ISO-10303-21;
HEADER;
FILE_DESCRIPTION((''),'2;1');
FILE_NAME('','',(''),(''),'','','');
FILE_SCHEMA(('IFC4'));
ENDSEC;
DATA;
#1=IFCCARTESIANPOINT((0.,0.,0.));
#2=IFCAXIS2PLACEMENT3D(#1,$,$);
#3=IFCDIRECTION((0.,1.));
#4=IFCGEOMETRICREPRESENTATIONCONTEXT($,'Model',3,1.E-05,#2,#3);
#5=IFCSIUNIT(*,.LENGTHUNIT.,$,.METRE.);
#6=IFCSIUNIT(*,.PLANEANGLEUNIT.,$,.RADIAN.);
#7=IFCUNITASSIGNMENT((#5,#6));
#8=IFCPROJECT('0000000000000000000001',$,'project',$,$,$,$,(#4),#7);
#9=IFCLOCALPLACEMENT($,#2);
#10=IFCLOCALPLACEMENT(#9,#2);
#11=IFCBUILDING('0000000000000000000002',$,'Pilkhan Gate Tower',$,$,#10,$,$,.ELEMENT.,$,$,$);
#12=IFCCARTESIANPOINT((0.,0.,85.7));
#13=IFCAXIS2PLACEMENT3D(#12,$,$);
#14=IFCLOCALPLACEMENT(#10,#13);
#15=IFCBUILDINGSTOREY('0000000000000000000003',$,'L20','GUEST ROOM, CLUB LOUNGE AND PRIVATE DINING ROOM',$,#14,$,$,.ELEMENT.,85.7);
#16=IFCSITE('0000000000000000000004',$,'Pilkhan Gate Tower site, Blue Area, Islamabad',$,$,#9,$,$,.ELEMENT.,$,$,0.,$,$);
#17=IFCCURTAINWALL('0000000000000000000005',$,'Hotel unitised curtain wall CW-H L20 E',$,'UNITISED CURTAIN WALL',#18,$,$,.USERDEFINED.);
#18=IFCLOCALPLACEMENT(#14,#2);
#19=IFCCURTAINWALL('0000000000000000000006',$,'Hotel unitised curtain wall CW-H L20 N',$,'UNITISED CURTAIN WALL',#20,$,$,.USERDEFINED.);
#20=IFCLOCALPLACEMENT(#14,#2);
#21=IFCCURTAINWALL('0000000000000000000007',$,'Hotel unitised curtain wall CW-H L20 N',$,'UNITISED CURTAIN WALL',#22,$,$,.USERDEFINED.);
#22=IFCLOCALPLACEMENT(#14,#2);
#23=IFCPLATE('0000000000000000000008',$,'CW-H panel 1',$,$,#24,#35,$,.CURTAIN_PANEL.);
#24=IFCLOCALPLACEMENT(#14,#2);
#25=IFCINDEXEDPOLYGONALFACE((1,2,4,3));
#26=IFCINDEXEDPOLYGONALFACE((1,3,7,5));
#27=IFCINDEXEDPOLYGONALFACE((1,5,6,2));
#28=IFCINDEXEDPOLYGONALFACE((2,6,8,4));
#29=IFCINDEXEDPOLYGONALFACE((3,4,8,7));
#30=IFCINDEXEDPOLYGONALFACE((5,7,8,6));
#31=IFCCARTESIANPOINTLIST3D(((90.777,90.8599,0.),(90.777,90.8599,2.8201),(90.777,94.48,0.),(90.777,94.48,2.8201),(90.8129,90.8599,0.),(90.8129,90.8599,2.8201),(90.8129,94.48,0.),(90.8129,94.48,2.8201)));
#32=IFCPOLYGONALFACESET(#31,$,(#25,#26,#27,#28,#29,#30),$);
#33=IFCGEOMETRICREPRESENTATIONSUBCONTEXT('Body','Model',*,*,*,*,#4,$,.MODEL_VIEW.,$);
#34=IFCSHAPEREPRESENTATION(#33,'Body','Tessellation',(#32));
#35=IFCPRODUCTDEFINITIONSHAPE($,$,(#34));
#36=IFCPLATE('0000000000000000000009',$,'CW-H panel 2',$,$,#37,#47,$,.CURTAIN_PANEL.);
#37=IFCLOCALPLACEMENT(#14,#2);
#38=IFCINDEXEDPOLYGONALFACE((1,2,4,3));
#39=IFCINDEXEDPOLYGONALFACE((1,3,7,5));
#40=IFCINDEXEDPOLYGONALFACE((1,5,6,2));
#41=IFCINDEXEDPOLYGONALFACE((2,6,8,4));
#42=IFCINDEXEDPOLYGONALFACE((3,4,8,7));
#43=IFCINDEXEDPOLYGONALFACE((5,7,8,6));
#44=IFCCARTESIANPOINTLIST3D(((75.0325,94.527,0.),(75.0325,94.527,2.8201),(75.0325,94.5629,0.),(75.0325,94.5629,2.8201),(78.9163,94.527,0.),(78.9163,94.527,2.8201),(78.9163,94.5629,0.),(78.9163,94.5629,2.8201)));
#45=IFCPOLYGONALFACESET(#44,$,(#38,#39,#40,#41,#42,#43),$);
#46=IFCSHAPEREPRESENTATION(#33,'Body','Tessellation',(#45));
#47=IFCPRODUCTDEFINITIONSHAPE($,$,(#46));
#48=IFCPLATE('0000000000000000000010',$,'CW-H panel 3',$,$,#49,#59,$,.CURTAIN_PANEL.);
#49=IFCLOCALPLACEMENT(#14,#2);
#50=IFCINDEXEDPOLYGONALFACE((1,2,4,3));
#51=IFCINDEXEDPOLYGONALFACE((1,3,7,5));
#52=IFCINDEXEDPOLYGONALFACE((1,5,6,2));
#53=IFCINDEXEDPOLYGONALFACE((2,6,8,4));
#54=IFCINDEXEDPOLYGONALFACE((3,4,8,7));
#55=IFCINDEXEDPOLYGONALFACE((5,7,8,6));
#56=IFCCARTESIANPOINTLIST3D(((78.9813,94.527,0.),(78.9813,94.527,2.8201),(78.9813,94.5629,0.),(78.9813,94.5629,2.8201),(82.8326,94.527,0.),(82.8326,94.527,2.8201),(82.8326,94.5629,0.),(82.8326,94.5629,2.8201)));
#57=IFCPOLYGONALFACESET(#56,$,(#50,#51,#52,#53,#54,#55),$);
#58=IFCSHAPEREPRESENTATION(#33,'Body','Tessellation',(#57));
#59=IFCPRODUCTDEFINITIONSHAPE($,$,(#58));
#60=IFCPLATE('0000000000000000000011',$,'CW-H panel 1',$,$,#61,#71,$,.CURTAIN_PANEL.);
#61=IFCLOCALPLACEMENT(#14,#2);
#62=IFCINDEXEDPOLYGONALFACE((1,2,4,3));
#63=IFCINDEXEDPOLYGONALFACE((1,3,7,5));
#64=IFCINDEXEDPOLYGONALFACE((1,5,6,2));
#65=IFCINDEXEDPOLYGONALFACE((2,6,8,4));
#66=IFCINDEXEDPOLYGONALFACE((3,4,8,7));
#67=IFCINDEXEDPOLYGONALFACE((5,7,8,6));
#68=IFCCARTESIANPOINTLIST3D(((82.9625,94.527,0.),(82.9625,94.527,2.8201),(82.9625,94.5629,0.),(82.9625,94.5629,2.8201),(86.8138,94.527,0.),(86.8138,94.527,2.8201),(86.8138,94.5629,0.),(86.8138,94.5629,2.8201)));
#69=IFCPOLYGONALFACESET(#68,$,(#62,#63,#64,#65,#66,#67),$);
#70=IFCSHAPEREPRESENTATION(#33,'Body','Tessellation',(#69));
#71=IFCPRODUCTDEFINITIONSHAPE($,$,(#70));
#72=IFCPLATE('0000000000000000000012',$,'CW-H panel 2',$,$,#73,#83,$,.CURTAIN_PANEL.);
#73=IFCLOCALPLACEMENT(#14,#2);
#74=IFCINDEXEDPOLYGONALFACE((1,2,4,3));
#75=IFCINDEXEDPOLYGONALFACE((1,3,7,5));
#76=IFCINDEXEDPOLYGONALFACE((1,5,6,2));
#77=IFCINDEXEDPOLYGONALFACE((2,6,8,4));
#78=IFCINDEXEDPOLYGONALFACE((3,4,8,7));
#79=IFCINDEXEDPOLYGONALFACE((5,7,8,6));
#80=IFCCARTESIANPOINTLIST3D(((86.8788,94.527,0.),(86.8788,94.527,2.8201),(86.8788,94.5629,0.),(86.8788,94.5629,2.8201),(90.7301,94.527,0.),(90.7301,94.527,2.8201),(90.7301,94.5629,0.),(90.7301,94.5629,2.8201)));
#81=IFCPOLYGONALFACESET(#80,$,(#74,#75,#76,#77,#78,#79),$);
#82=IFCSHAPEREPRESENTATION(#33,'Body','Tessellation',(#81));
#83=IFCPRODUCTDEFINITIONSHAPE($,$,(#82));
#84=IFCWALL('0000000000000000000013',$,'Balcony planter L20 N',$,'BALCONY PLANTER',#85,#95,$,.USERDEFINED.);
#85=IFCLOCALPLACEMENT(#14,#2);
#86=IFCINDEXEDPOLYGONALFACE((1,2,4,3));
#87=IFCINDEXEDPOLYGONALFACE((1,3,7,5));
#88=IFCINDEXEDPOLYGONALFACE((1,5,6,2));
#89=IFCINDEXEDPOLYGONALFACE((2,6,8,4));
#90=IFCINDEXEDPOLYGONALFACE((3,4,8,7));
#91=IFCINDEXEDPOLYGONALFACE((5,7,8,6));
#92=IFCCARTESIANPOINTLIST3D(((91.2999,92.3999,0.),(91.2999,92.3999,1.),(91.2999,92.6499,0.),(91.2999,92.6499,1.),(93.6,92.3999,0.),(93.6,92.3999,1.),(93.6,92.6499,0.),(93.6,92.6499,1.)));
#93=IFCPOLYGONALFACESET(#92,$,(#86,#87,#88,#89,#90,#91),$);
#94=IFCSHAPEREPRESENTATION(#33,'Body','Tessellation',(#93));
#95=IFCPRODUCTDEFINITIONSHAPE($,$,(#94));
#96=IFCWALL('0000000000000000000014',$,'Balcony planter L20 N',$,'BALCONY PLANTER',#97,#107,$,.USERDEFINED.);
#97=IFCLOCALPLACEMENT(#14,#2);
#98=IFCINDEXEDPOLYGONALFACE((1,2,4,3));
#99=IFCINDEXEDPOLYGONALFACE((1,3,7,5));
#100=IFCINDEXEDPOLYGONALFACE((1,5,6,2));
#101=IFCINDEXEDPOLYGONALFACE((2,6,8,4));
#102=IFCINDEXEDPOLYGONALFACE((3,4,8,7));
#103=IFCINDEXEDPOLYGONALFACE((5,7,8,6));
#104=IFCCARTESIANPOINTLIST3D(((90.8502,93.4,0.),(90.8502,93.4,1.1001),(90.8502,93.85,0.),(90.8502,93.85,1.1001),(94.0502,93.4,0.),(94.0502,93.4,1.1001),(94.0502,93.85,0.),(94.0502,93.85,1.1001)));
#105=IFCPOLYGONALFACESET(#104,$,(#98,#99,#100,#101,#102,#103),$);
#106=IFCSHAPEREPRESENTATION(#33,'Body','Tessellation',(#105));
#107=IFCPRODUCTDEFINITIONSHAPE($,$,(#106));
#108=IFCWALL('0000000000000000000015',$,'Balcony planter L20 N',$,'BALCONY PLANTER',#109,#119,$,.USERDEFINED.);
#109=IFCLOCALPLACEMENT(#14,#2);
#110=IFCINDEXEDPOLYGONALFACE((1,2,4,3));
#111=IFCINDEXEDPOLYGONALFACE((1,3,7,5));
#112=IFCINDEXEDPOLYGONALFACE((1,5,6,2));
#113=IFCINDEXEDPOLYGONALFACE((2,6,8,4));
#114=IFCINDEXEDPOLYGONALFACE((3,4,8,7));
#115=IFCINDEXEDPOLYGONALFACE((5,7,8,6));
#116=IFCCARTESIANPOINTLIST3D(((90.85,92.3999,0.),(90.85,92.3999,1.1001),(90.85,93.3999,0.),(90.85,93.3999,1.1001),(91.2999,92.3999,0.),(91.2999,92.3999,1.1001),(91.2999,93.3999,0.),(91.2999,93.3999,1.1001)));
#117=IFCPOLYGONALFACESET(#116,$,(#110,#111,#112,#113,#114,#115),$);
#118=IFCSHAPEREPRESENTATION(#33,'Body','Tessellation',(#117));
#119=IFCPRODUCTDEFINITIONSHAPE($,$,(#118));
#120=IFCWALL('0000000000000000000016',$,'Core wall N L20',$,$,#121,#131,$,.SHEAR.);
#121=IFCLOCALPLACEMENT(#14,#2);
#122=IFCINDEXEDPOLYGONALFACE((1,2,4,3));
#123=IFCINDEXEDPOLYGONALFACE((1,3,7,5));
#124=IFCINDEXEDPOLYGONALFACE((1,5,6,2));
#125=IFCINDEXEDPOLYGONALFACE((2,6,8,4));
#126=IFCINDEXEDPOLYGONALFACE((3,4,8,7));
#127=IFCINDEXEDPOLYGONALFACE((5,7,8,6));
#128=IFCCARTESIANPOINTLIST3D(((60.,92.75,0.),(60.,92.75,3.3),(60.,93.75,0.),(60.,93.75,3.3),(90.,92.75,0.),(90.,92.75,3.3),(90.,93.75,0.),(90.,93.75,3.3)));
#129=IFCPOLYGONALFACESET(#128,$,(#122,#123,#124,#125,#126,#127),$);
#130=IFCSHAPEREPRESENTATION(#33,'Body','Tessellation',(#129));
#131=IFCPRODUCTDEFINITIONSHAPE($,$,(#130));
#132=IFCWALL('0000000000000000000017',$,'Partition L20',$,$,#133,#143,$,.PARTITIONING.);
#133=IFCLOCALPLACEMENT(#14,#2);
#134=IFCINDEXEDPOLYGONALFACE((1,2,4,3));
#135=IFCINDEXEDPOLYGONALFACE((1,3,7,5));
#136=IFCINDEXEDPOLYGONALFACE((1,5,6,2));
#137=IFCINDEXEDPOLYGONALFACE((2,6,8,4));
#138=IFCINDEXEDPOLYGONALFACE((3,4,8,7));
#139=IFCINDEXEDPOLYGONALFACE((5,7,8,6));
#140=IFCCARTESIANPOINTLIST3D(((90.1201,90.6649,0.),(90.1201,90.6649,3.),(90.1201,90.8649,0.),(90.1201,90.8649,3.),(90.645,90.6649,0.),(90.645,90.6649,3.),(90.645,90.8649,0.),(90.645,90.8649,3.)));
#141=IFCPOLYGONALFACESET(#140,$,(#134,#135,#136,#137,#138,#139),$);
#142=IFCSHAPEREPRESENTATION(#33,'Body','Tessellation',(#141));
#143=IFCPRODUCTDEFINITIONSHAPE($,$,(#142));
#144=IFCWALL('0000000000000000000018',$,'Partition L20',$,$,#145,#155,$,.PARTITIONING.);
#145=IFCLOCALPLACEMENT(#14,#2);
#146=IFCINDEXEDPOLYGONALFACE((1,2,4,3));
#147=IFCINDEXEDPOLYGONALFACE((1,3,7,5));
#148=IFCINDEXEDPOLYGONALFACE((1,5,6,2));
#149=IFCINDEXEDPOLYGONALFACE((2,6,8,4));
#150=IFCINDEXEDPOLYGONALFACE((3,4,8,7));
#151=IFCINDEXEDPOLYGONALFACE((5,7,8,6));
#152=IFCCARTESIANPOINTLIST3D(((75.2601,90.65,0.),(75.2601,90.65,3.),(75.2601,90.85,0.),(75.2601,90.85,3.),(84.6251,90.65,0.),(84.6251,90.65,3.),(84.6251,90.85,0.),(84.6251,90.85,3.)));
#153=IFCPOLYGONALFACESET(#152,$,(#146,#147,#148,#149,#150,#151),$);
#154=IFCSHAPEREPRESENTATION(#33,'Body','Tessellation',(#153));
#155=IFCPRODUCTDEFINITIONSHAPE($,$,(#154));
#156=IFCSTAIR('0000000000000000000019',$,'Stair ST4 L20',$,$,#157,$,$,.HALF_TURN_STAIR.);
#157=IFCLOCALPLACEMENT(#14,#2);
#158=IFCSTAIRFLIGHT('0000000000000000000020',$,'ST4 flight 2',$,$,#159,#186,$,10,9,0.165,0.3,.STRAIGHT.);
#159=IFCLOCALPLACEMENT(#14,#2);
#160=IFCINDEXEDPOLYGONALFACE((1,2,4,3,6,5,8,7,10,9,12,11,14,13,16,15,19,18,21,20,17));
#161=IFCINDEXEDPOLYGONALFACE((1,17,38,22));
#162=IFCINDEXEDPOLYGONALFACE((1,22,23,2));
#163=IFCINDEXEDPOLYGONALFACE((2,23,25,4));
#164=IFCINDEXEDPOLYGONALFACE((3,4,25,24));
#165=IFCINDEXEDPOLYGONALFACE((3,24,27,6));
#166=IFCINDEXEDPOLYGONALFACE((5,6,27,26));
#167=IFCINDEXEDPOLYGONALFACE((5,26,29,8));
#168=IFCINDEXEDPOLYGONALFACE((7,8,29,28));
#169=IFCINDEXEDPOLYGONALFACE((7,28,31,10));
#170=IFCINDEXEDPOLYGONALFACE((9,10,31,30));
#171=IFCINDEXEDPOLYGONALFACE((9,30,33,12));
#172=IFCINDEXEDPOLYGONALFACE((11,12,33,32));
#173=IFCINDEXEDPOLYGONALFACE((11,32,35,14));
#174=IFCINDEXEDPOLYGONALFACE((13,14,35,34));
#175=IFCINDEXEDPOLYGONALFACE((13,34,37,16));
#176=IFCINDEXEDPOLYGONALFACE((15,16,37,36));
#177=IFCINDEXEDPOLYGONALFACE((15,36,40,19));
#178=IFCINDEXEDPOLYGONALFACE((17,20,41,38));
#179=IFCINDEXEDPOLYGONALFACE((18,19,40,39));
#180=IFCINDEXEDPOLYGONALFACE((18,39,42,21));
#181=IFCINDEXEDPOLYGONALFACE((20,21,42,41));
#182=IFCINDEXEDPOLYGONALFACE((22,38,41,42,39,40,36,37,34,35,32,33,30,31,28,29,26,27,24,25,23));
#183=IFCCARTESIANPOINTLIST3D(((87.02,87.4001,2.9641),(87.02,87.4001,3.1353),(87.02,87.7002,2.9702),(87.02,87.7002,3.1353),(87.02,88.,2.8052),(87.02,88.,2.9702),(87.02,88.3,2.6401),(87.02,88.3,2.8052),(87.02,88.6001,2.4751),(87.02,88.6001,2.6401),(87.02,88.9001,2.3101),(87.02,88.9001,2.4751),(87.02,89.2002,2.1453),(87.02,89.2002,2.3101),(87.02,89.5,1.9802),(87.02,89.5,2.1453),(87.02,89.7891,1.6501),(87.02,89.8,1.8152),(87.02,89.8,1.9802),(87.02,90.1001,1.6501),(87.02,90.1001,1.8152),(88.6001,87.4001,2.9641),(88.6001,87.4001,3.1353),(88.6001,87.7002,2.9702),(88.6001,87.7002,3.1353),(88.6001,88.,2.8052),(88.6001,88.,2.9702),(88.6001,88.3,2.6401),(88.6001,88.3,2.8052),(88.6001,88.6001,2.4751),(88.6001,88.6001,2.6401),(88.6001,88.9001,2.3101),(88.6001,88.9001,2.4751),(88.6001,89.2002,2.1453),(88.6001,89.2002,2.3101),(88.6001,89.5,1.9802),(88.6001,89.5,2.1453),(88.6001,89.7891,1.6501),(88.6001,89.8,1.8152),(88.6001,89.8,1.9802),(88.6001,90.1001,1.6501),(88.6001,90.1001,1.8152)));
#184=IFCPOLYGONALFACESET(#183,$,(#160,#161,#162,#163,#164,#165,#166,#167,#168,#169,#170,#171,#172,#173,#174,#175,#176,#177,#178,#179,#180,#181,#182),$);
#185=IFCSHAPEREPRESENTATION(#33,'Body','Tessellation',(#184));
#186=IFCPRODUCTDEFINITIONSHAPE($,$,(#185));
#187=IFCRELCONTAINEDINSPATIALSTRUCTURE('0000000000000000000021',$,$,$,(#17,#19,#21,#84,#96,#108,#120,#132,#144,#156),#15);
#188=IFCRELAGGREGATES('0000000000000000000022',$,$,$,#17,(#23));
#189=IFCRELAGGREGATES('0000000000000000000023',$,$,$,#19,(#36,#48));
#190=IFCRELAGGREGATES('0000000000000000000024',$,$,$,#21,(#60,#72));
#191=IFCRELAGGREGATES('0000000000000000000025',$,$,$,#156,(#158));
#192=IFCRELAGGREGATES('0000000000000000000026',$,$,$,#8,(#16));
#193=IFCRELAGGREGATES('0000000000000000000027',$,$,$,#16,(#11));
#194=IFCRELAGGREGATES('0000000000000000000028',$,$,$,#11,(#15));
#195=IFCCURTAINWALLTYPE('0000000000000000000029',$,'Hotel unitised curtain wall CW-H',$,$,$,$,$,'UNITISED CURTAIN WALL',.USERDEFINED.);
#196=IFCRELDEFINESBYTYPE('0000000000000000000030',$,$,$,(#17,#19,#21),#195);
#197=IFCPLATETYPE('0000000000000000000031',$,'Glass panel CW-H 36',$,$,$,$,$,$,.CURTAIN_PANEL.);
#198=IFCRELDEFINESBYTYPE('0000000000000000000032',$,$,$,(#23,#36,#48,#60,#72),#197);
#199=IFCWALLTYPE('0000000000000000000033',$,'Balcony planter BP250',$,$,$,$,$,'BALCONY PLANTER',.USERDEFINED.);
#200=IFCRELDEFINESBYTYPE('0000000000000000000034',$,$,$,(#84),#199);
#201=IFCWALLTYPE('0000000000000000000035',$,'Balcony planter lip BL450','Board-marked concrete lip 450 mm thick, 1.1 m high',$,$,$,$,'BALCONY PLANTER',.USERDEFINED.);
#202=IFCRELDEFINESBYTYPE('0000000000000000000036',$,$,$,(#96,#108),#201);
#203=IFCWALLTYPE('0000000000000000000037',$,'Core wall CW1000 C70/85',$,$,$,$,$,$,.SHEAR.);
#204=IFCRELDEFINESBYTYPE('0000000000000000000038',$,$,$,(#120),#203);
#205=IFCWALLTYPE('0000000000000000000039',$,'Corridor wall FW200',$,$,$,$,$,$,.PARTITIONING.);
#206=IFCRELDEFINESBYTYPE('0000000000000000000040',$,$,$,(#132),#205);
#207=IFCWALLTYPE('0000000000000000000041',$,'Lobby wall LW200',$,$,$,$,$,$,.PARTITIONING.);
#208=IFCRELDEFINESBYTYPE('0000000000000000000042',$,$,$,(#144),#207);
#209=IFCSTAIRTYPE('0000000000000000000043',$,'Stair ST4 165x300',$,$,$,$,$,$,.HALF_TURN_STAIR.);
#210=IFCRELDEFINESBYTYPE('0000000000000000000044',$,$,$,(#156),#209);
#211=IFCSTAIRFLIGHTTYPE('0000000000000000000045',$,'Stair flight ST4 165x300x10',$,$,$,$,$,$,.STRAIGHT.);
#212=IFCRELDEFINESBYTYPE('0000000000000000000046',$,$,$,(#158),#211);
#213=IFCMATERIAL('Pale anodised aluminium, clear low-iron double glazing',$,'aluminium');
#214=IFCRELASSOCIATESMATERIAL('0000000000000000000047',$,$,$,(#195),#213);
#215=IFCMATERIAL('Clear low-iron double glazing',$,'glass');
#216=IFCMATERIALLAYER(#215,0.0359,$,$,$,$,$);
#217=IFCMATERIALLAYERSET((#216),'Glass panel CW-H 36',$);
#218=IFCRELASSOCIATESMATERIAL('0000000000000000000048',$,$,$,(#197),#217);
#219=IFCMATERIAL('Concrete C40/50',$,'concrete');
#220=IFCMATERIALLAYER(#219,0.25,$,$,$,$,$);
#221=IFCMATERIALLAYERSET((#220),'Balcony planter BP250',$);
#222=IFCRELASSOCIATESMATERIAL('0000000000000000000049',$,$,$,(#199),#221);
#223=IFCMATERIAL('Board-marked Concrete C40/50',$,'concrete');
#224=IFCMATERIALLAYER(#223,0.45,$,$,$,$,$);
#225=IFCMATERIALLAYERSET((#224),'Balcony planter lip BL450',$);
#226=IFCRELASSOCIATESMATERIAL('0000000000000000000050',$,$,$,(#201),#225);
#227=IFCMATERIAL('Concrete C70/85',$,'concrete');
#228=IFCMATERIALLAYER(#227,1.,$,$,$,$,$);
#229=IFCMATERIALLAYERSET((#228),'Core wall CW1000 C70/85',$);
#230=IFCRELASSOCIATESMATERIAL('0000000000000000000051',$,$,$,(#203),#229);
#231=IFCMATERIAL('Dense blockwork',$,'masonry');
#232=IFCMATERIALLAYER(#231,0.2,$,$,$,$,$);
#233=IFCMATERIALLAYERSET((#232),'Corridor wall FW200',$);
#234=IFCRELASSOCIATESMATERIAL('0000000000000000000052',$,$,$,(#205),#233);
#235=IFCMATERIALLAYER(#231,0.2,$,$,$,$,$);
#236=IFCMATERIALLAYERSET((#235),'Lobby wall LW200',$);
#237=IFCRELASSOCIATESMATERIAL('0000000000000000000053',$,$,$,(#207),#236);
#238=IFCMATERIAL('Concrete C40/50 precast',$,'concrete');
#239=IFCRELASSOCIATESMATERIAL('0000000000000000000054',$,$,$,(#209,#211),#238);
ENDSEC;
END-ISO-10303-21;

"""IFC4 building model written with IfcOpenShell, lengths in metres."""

from ifc_helpers import new_model, si_unit, direction, frame, frame_2d, origin, origin_2d, place, context, subcontext, project, spatial, polyline, rectangle, outline, extrude, material, layer, layer_set, type_object, element, aggregate, save


model = new_model("IFC4")

# Units and contexts
model_context = context("Model", 3, precision=1e-05, world=origin(), true_north=direction((0.0, 1.0)))
body_context = subcontext(model_context, "Body", "Model", "MODEL_VIEW")
ifc_project = project(units=[si_unit("LENGTHUNIT", "METRE"), si_unit("PLANEANGLEUNIT", "RADIAN")], contexts=[model_context])

# Site, building, storey
site_placement = place(None, origin())
site = spatial("IfcSite", under=ifc_project, at=site_placement, Name="Pilkhan Gate Tower site, Blue Area, Islamabad", CompositionType="ELEMENT", RefElevation=0.0)
building_placement = place(site_placement, origin())
building = spatial("IfcBuilding", under=site, at=building_placement, Name="Pilkhan Gate Tower", CompositionType="ELEMENT")
storey_placement = place(building_placement, frame((0.0, 0.0, 85.7)))
storey = spatial("IfcBuildingStorey", under=building, at=storey_placement, Name="L20", Description="GUEST ROOM, CLUB LOUNGE AND PRIVATE DINING ROOM", CompositionType="ELEMENT", Elevation=85.7)

# Curtain walls
ifc_material_1 = material(Name="Pale anodised aluminium, clear low-iron double glazing", Category="aluminium")
curtain_wall_type = type_object("IfcCurtainWallType", Name="Hotel unitised curtain wall CW-H", ElementType="UNITISED CURTAIN WALL", PredefinedType="USERDEFINED", material=ifc_material_1)
curtain_wall_1_placement = place(storey_placement, origin())
curtain_wall_1 = element("IfcCurtainWall", 1, at=curtain_wall_1_placement, inside=storey, type_object=curtain_wall_type, Name="Hotel unitised curtain wall CW-H L20 E", ObjectType="UNITISED CURTAIN WALL", PredefinedType="USERDEFINED")
curtain_wall_2_placement = place(storey_placement, origin())
curtain_wall_2 = element("IfcCurtainWall", 2, at=curtain_wall_2_placement, inside=storey, type_object=curtain_wall_type, Name="Hotel unitised curtain wall CW-H L20 N", ObjectType="UNITISED CURTAIN WALL", PredefinedType="USERDEFINED")
curtain_wall_3_placement = place(storey_placement, origin())
curtain_wall_3 = element("IfcCurtainWall", 3, at=curtain_wall_3_placement, inside=storey, type_object=curtain_wall_type, Name="Hotel unitised curtain wall CW-H L20 N", ObjectType="UNITISED CURTAIN WALL", PredefinedType="USERDEFINED")

# Plates
ifc_material_2 = material(Name="Clear low-iron double glazing", Category="glass")
ifc_layer_1 = layer(ifc_material_2, 0.0359)
ifc_layer_set_1 = layer_set([ifc_layer_1], Name="Glass panel CW-H 36")
plate_type = type_object("IfcPlateType", Name="Glass panel CW-H 36", PredefinedType="CURTAIN_PANEL", material=ifc_layer_set_1)
plate_1_placement = place(storey_placement, frame((90.7949, 92.6699, 0.0), z_axis=(0.0, 0.0, 1.0), x_axis=(0.0, 1.0, 0.0)))
plate_1 = element("IfcPlate", 4, at=plate_1_placement, type_object=plate_type, Name="CW-H panel 1", PredefinedType="CURTAIN_PANEL", context=body_context, shape_type="SweptSolid", body=[
    extrude(rectangle(XDim=3.6201, YDim=0.0359, at=origin_2d()), origin(), (0.0, 0.0, 1.0), 2.8201),
])
aggregate(curtain_wall_1, [plate_1])
plate_2_placement = place(storey_placement, frame((76.9744, 94.5449, 0.0), z_axis=(0.0, 0.0, 1.0), x_axis=(1.0, 0.0, 0.0)))
plate_2 = element("IfcPlate", 5, at=plate_2_placement, type_object=plate_type, Name="CW-H panel 2", PredefinedType="CURTAIN_PANEL", context=body_context, shape_type="SweptSolid", body=[
    extrude(rectangle(XDim=3.8838, YDim=0.0359, at=origin_2d()), origin(), (0.0, 0.0, 1.0), 2.8201),
])
plate_3_placement = place(storey_placement, frame((80.907, 94.5449, 0.0), z_axis=(0.0, 0.0, 1.0), x_axis=(1.0, 0.0, 0.0)))
plate_3 = element("IfcPlate", 6, at=plate_3_placement, type_object=plate_type, Name="CW-H panel 3", PredefinedType="CURTAIN_PANEL", context=body_context, shape_type="SweptSolid", body=[
    extrude(rectangle(XDim=3.8513, YDim=0.0359, at=origin_2d()), origin(), (0.0, 0.0, 1.0), 2.8201),
])
aggregate(curtain_wall_2, [plate_2, plate_3])
plate_4_placement = place(storey_placement, frame((84.8882, 94.5449, 0.0), z_axis=(0.0, 0.0, 1.0), x_axis=(1.0, 0.0, 0.0)))
plate_4 = element("IfcPlate", 7, at=plate_4_placement, type_object=plate_type, Name="CW-H panel 1", PredefinedType="CURTAIN_PANEL", context=body_context, shape_type="SweptSolid", body=[
    extrude(rectangle(XDim=3.8513, YDim=0.0359, at=origin_2d()), origin(), (0.0, 0.0, 1.0), 2.8201),
])
plate_5_placement = place(storey_placement, frame((88.8044, 94.5449, 0.0), z_axis=(0.0, 0.0, 1.0), x_axis=(1.0, 0.0, 0.0)))
plate_5 = element("IfcPlate", 8, at=plate_5_placement, type_object=plate_type, Name="CW-H panel 2", PredefinedType="CURTAIN_PANEL", context=body_context, shape_type="SweptSolid", body=[
    extrude(rectangle(XDim=3.8513, YDim=0.0359, at=origin_2d()), origin(), (0.0, 0.0, 1.0), 2.8201),
])
aggregate(curtain_wall_3, [plate_4, plate_5])

# Walls
ifc_material_3 = material(Name="Concrete C40/50", Category="concrete")
ifc_layer_2 = layer(ifc_material_3, 0.25)
ifc_layer_set_2 = layer_set([ifc_layer_2], Name="Balcony planter BP250")
wall_type_1 = type_object("IfcWallType", Name="Balcony planter BP250", ElementType="BALCONY PLANTER", PredefinedType="USERDEFINED", material=ifc_layer_set_2)
wall_1_placement = place(storey_placement, frame((91.3, 92.5249, 0.0), z_axis=(0.0, 0.0, 1.0), x_axis=(1.0, 0.0, 0.0)))
element("IfcWall", 9, at=wall_1_placement, inside=storey, type_object=wall_type_1, Name="Balcony planter L20 N", ObjectType="BALCONY PLANTER", PredefinedType="USERDEFINED", context=body_context, shape_type="SweptSolid", body=[
    extrude(rectangle(XDim=2.3, YDim=0.25, at=frame_2d((1.1499, 0.0))), origin(), (0.0, 0.0, 1.0), 1.0),
])
ifc_material_4 = material(Name="Board-marked Concrete C40/50", Category="concrete")
ifc_layer_3 = layer(ifc_material_4, 0.45)
ifc_layer_set_3 = layer_set([ifc_layer_3], Name="Balcony planter lip BL450")
wall_type_2 = type_object("IfcWallType", Name="Balcony planter lip BL450", Description="Board-marked concrete lip 450 mm thick, 1.1 m high", ElementType="BALCONY PLANTER", PredefinedType="USERDEFINED", material=ifc_layer_set_3)
wall_2_placement = place(storey_placement, frame((90.8501, 93.625, 0.0), z_axis=(0.0, 0.0, 1.0), x_axis=(1.0, 0.0, 0.0)))
element("IfcWall", 10, at=wall_2_placement, inside=storey, type_object=wall_type_2, Name="Balcony planter L20 N", ObjectType="BALCONY PLANTER", PredefinedType="USERDEFINED", context=body_context, shape_type="SweptSolid", body=[
    extrude(rectangle(XDim=3.2, YDim=0.45, at=frame_2d((1.6001, 0.0))), origin(), (0.0, 0.0, 1.0), 1.1001),
])
wall_3_placement = place(storey_placement, frame((91.075, 92.3999, 0.0), z_axis=(0.0, 0.0, 1.0), x_axis=(0.0, 1.0, 0.0)))
element("IfcWall", 11, at=wall_3_placement, inside=storey, type_object=wall_type_2, Name="Balcony planter L20 N", ObjectType="BALCONY PLANTER", PredefinedType="USERDEFINED", context=body_context, shape_type="SweptSolid", body=[
    extrude(rectangle(XDim=1.0, YDim=0.45, at=frame_2d((0.5, 0.0))), origin(), (0.0, 0.0, 1.0), 1.1001),
])
ifc_material_5 = material(Name="Concrete C70/85", Category="concrete")
ifc_layer_4 = layer(ifc_material_5, 1.0)
ifc_layer_set_4 = layer_set([ifc_layer_4], Name="Core wall CW1000 C70/85")
wall_type_3 = type_object("IfcWallType", Name="Core wall CW1000 C70/85", PredefinedType="SHEAR", material=ifc_layer_set_4)
wall_4_placement = place(storey_placement, frame((90.0, 93.25, 0.0), z_axis=(0.0, 0.0, 1.0), x_axis=(-1.0, 0.0, 0.0)))
element("IfcWall", 12, at=wall_4_placement, inside=storey, type_object=wall_type_3, Name="Core wall N L20", PredefinedType="SHEAR", context=body_context, shape_type="SweptSolid", body=[
    extrude(rectangle(XDim=30.0, YDim=1.0, at=frame_2d((15.0, 0.0))), origin(), (0.0, 0.0, 1.0), 3.3),
])
ifc_material_6 = material(Name="Dense blockwork", Category="masonry")
ifc_layer_5 = layer(ifc_material_6, 0.2)
ifc_layer_set_5 = layer_set([ifc_layer_5], Name="Corridor wall FW200")
wall_type_4 = type_object("IfcWallType", Name="Corridor wall FW200", PredefinedType="PARTITIONING", material=ifc_layer_set_5)
wall_5_placement = place(storey_placement, frame((90.1201, 90.7649, 0.0), z_axis=(0.0, 0.0, 1.0), x_axis=(1.0, 0.0, 0.0)))
element("IfcWall", 13, at=wall_5_placement, inside=storey, type_object=wall_type_4, Name="Partition L20", PredefinedType="PARTITIONING", context=body_context, shape_type="SweptSolid", body=[
    extrude(rectangle(XDim=0.5249, YDim=0.2, at=frame_2d((0.2625, 0.0))), origin(), (0.0, 0.0, 1.0), 3.0),
])

# Wall
ifc_layer_6 = layer(ifc_material_6, 0.2)
ifc_layer_set_6 = layer_set([ifc_layer_6], Name="Lobby wall LW200")
wall_type_5 = type_object("IfcWallType", Name="Lobby wall LW200", PredefinedType="PARTITIONING", material=ifc_layer_set_6)
wall_6_placement = place(storey_placement, frame((75.26, 90.75, 0.0), z_axis=(0.0, 0.0, 1.0), x_axis=(1.0, 0.0, 0.0)))
element("IfcWall", 14, at=wall_6_placement, inside=storey, type_object=wall_type_5, Name="Partition L20", PredefinedType="PARTITIONING", context=body_context, shape_type="SweptSolid", body=[
    extrude(rectangle(XDim=9.365, YDim=0.2, at=frame_2d((4.6826, 0.0))), origin(), (0.0, 0.0, 1.0), 3.0),
])

# Stair, stair flight
ifc_material_7 = material(Name="Concrete C40/50 precast", Category="concrete")
stair_type = type_object("IfcStairType", Name="Stair ST4 165x300", PredefinedType="HALF_TURN_STAIR", material=ifc_material_7)
stair_placement = place(storey_placement, origin())
stair = element("IfcStair", 15, at=stair_placement, inside=storey, type_object=stair_type, Name="Stair ST4 L20", PredefinedType="HALF_TURN_STAIR")
stair_flight_type = type_object("IfcStairFlightType", Name="Stair flight ST4 165x300x10", PredefinedType="STRAIGHT", material=ifc_material_7)
stair_flight_placement = place(storey_placement, frame((87.8101, 90.1001, 1.6501), z_axis=(0.0, 0.0, 1.0), x_axis=(0.0, -1.0, 0.0)))
stair_flight = element("IfcStairFlight", 16, at=stair_flight_placement, type_object=stair_flight_type, Name="ST4 flight 2", NumberOfRisers=10, NumberOfTreads=9, PredefinedType="STRAIGHT", RiserHeight=0.165, TreadLength=0.3, context=body_context, shape_type="SweptSolid", body=[
    extrude(outline(polyline([(0.0, 0.0), (0.0, 0.165), (0.3, 0.165), (0.3, 0.3301), (0.6001, 0.3301), (0.6001, 0.4951), (0.8999, 0.4951), (0.8999, 0.6599), (1.2, 0.6599), (1.2, 0.825), (1.5, 0.825), (1.5, 0.99), (1.8, 0.99), (1.8, 1.155), (2.1001, 1.155), (2.1001, 1.3201), (2.3999, 1.3201), (2.3999, 1.4851), (2.7, 1.4851), (2.7, 1.6499), (2.7, 1.314), (0.311, 0.0), (0.0, 0.0)])), frame((0.0, 0.79, 0.0), z_axis=(0.0, -1.0, 0.0), x_axis=(1.0, 0.0, 0.0)), (0.0, 0.0, 1.0), 1.5801),
])
aggregate(stair, [stair_flight])

save(model, "model.ifc")
